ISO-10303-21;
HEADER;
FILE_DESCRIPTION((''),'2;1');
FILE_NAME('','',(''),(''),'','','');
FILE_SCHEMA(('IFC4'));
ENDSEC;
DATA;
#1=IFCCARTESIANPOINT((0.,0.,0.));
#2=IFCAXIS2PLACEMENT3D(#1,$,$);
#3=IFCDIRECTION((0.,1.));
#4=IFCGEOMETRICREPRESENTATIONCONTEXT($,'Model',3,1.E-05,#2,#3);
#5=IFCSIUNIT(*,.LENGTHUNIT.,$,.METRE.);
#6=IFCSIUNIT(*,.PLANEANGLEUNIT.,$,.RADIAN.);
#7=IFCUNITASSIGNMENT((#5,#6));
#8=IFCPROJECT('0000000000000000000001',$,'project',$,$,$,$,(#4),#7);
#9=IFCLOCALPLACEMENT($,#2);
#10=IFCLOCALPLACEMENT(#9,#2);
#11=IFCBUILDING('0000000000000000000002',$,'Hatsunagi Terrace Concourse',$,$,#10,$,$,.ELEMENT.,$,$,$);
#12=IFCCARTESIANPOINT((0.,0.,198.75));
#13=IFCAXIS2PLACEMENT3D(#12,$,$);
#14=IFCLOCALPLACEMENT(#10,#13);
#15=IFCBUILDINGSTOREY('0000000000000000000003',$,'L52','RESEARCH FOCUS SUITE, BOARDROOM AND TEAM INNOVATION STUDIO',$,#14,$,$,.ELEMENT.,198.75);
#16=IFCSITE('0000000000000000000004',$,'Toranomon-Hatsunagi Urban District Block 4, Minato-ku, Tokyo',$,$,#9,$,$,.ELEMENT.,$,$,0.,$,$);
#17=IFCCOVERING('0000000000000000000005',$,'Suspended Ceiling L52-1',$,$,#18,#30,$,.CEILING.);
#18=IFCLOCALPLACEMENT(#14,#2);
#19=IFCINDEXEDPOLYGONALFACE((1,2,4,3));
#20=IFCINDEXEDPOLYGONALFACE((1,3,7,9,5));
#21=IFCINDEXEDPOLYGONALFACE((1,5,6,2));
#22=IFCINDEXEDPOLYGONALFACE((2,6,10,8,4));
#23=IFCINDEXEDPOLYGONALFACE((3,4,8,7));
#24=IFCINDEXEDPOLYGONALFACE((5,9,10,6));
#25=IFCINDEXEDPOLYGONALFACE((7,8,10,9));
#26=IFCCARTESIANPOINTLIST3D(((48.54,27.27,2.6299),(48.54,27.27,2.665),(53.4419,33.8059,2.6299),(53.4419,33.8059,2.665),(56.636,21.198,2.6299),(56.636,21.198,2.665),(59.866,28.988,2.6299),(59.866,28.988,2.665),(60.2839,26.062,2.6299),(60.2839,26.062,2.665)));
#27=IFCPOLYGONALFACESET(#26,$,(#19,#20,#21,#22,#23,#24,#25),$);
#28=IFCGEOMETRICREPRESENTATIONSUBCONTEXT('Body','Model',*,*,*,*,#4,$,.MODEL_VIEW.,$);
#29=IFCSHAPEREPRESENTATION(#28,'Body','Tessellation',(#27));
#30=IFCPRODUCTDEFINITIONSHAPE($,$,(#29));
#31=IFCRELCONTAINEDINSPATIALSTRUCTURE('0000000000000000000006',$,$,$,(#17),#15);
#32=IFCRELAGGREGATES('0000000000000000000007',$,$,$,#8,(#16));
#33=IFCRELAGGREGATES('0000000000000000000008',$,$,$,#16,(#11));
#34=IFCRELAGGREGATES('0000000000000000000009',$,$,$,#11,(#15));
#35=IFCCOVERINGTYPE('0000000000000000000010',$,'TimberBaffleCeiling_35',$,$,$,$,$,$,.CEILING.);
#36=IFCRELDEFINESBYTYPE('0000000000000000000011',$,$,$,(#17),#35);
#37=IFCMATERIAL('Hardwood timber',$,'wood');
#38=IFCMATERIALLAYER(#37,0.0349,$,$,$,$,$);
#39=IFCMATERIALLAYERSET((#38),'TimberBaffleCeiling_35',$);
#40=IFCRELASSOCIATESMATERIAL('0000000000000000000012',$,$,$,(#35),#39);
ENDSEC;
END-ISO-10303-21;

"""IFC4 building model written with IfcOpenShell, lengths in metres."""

from ifc_helpers import new_model, si_unit, direction, frame, origin, place, context, subcontext, project, spatial, polyline, outline, extrude, material, layer, layer_set, type_object, element, save


model = new_model("IFC4")

# Units and contexts
model_context = context("Model", 3, precision=1e-05, world=origin(), true_north=direction((0.0, 1.0)))
body_context = subcontext(model_context, "Body", "Model", "MODEL_VIEW")
ifc_project = project(units=[si_unit("LENGTHUNIT", "METRE"), si_unit("PLANEANGLEUNIT", "RADIAN")], contexts=[model_context])

# Site, building, storey
site_placement = place(None, origin())
site = spatial("IfcSite", under=ifc_project, at=site_placement, Name="Toranomon-Hatsunagi Urban District Block 4, Minato-ku, Tokyo", CompositionType="ELEMENT", RefElevation=0.0)
building_placement = place(site_placement, origin())
building = spatial("IfcBuilding", under=site, at=building_placement, Name="Hatsunagi Terrace Concourse", CompositionType="ELEMENT")
storey_placement = place(building_placement, frame((0.0, 0.0, 198.75)))
storey = spatial("IfcBuildingStorey", under=building, at=storey_placement, Name="L52", Description="RESEARCH FOCUS SUITE, BOARDROOM AND TEAM INNOVATION STUDIO", CompositionType="ELEMENT", Elevation=198.75)

# Covering
ifc_material_1 = material(Name="Hardwood timber", Category="wood")
ifc_layer_1 = layer(ifc_material_1, 0.0349)
ifc_layer_set_1 = layer_set([ifc_layer_1], Name="TimberBaffleCeiling_35")
covering_type_1 = type_object("IfcCoveringType", Name="TimberBaffleCeiling_35", PredefinedType="CEILING", material=ifc_layer_set_1)
covering_1_placement = place(storey_placement, frame((0.0, 0.0, 2.6299)))
element("IfcCovering", 1, at=covering_1_placement, inside=storey, type_object=covering_type_1, Name="Suspended Ceiling L52-1", PredefinedType="CEILING", context=body_context, shape_type="SweptSolid", body=[
    extrude(outline(polyline([(59.866, 28.988), (53.4419, 33.8059), (48.54, 27.27), (56.636, 21.198), (60.2839, 26.062), (59.866, 28.988)])), origin(), (0.0, 0.0, 1.0), 0.0352),
])

save(model, "model.ifc")
